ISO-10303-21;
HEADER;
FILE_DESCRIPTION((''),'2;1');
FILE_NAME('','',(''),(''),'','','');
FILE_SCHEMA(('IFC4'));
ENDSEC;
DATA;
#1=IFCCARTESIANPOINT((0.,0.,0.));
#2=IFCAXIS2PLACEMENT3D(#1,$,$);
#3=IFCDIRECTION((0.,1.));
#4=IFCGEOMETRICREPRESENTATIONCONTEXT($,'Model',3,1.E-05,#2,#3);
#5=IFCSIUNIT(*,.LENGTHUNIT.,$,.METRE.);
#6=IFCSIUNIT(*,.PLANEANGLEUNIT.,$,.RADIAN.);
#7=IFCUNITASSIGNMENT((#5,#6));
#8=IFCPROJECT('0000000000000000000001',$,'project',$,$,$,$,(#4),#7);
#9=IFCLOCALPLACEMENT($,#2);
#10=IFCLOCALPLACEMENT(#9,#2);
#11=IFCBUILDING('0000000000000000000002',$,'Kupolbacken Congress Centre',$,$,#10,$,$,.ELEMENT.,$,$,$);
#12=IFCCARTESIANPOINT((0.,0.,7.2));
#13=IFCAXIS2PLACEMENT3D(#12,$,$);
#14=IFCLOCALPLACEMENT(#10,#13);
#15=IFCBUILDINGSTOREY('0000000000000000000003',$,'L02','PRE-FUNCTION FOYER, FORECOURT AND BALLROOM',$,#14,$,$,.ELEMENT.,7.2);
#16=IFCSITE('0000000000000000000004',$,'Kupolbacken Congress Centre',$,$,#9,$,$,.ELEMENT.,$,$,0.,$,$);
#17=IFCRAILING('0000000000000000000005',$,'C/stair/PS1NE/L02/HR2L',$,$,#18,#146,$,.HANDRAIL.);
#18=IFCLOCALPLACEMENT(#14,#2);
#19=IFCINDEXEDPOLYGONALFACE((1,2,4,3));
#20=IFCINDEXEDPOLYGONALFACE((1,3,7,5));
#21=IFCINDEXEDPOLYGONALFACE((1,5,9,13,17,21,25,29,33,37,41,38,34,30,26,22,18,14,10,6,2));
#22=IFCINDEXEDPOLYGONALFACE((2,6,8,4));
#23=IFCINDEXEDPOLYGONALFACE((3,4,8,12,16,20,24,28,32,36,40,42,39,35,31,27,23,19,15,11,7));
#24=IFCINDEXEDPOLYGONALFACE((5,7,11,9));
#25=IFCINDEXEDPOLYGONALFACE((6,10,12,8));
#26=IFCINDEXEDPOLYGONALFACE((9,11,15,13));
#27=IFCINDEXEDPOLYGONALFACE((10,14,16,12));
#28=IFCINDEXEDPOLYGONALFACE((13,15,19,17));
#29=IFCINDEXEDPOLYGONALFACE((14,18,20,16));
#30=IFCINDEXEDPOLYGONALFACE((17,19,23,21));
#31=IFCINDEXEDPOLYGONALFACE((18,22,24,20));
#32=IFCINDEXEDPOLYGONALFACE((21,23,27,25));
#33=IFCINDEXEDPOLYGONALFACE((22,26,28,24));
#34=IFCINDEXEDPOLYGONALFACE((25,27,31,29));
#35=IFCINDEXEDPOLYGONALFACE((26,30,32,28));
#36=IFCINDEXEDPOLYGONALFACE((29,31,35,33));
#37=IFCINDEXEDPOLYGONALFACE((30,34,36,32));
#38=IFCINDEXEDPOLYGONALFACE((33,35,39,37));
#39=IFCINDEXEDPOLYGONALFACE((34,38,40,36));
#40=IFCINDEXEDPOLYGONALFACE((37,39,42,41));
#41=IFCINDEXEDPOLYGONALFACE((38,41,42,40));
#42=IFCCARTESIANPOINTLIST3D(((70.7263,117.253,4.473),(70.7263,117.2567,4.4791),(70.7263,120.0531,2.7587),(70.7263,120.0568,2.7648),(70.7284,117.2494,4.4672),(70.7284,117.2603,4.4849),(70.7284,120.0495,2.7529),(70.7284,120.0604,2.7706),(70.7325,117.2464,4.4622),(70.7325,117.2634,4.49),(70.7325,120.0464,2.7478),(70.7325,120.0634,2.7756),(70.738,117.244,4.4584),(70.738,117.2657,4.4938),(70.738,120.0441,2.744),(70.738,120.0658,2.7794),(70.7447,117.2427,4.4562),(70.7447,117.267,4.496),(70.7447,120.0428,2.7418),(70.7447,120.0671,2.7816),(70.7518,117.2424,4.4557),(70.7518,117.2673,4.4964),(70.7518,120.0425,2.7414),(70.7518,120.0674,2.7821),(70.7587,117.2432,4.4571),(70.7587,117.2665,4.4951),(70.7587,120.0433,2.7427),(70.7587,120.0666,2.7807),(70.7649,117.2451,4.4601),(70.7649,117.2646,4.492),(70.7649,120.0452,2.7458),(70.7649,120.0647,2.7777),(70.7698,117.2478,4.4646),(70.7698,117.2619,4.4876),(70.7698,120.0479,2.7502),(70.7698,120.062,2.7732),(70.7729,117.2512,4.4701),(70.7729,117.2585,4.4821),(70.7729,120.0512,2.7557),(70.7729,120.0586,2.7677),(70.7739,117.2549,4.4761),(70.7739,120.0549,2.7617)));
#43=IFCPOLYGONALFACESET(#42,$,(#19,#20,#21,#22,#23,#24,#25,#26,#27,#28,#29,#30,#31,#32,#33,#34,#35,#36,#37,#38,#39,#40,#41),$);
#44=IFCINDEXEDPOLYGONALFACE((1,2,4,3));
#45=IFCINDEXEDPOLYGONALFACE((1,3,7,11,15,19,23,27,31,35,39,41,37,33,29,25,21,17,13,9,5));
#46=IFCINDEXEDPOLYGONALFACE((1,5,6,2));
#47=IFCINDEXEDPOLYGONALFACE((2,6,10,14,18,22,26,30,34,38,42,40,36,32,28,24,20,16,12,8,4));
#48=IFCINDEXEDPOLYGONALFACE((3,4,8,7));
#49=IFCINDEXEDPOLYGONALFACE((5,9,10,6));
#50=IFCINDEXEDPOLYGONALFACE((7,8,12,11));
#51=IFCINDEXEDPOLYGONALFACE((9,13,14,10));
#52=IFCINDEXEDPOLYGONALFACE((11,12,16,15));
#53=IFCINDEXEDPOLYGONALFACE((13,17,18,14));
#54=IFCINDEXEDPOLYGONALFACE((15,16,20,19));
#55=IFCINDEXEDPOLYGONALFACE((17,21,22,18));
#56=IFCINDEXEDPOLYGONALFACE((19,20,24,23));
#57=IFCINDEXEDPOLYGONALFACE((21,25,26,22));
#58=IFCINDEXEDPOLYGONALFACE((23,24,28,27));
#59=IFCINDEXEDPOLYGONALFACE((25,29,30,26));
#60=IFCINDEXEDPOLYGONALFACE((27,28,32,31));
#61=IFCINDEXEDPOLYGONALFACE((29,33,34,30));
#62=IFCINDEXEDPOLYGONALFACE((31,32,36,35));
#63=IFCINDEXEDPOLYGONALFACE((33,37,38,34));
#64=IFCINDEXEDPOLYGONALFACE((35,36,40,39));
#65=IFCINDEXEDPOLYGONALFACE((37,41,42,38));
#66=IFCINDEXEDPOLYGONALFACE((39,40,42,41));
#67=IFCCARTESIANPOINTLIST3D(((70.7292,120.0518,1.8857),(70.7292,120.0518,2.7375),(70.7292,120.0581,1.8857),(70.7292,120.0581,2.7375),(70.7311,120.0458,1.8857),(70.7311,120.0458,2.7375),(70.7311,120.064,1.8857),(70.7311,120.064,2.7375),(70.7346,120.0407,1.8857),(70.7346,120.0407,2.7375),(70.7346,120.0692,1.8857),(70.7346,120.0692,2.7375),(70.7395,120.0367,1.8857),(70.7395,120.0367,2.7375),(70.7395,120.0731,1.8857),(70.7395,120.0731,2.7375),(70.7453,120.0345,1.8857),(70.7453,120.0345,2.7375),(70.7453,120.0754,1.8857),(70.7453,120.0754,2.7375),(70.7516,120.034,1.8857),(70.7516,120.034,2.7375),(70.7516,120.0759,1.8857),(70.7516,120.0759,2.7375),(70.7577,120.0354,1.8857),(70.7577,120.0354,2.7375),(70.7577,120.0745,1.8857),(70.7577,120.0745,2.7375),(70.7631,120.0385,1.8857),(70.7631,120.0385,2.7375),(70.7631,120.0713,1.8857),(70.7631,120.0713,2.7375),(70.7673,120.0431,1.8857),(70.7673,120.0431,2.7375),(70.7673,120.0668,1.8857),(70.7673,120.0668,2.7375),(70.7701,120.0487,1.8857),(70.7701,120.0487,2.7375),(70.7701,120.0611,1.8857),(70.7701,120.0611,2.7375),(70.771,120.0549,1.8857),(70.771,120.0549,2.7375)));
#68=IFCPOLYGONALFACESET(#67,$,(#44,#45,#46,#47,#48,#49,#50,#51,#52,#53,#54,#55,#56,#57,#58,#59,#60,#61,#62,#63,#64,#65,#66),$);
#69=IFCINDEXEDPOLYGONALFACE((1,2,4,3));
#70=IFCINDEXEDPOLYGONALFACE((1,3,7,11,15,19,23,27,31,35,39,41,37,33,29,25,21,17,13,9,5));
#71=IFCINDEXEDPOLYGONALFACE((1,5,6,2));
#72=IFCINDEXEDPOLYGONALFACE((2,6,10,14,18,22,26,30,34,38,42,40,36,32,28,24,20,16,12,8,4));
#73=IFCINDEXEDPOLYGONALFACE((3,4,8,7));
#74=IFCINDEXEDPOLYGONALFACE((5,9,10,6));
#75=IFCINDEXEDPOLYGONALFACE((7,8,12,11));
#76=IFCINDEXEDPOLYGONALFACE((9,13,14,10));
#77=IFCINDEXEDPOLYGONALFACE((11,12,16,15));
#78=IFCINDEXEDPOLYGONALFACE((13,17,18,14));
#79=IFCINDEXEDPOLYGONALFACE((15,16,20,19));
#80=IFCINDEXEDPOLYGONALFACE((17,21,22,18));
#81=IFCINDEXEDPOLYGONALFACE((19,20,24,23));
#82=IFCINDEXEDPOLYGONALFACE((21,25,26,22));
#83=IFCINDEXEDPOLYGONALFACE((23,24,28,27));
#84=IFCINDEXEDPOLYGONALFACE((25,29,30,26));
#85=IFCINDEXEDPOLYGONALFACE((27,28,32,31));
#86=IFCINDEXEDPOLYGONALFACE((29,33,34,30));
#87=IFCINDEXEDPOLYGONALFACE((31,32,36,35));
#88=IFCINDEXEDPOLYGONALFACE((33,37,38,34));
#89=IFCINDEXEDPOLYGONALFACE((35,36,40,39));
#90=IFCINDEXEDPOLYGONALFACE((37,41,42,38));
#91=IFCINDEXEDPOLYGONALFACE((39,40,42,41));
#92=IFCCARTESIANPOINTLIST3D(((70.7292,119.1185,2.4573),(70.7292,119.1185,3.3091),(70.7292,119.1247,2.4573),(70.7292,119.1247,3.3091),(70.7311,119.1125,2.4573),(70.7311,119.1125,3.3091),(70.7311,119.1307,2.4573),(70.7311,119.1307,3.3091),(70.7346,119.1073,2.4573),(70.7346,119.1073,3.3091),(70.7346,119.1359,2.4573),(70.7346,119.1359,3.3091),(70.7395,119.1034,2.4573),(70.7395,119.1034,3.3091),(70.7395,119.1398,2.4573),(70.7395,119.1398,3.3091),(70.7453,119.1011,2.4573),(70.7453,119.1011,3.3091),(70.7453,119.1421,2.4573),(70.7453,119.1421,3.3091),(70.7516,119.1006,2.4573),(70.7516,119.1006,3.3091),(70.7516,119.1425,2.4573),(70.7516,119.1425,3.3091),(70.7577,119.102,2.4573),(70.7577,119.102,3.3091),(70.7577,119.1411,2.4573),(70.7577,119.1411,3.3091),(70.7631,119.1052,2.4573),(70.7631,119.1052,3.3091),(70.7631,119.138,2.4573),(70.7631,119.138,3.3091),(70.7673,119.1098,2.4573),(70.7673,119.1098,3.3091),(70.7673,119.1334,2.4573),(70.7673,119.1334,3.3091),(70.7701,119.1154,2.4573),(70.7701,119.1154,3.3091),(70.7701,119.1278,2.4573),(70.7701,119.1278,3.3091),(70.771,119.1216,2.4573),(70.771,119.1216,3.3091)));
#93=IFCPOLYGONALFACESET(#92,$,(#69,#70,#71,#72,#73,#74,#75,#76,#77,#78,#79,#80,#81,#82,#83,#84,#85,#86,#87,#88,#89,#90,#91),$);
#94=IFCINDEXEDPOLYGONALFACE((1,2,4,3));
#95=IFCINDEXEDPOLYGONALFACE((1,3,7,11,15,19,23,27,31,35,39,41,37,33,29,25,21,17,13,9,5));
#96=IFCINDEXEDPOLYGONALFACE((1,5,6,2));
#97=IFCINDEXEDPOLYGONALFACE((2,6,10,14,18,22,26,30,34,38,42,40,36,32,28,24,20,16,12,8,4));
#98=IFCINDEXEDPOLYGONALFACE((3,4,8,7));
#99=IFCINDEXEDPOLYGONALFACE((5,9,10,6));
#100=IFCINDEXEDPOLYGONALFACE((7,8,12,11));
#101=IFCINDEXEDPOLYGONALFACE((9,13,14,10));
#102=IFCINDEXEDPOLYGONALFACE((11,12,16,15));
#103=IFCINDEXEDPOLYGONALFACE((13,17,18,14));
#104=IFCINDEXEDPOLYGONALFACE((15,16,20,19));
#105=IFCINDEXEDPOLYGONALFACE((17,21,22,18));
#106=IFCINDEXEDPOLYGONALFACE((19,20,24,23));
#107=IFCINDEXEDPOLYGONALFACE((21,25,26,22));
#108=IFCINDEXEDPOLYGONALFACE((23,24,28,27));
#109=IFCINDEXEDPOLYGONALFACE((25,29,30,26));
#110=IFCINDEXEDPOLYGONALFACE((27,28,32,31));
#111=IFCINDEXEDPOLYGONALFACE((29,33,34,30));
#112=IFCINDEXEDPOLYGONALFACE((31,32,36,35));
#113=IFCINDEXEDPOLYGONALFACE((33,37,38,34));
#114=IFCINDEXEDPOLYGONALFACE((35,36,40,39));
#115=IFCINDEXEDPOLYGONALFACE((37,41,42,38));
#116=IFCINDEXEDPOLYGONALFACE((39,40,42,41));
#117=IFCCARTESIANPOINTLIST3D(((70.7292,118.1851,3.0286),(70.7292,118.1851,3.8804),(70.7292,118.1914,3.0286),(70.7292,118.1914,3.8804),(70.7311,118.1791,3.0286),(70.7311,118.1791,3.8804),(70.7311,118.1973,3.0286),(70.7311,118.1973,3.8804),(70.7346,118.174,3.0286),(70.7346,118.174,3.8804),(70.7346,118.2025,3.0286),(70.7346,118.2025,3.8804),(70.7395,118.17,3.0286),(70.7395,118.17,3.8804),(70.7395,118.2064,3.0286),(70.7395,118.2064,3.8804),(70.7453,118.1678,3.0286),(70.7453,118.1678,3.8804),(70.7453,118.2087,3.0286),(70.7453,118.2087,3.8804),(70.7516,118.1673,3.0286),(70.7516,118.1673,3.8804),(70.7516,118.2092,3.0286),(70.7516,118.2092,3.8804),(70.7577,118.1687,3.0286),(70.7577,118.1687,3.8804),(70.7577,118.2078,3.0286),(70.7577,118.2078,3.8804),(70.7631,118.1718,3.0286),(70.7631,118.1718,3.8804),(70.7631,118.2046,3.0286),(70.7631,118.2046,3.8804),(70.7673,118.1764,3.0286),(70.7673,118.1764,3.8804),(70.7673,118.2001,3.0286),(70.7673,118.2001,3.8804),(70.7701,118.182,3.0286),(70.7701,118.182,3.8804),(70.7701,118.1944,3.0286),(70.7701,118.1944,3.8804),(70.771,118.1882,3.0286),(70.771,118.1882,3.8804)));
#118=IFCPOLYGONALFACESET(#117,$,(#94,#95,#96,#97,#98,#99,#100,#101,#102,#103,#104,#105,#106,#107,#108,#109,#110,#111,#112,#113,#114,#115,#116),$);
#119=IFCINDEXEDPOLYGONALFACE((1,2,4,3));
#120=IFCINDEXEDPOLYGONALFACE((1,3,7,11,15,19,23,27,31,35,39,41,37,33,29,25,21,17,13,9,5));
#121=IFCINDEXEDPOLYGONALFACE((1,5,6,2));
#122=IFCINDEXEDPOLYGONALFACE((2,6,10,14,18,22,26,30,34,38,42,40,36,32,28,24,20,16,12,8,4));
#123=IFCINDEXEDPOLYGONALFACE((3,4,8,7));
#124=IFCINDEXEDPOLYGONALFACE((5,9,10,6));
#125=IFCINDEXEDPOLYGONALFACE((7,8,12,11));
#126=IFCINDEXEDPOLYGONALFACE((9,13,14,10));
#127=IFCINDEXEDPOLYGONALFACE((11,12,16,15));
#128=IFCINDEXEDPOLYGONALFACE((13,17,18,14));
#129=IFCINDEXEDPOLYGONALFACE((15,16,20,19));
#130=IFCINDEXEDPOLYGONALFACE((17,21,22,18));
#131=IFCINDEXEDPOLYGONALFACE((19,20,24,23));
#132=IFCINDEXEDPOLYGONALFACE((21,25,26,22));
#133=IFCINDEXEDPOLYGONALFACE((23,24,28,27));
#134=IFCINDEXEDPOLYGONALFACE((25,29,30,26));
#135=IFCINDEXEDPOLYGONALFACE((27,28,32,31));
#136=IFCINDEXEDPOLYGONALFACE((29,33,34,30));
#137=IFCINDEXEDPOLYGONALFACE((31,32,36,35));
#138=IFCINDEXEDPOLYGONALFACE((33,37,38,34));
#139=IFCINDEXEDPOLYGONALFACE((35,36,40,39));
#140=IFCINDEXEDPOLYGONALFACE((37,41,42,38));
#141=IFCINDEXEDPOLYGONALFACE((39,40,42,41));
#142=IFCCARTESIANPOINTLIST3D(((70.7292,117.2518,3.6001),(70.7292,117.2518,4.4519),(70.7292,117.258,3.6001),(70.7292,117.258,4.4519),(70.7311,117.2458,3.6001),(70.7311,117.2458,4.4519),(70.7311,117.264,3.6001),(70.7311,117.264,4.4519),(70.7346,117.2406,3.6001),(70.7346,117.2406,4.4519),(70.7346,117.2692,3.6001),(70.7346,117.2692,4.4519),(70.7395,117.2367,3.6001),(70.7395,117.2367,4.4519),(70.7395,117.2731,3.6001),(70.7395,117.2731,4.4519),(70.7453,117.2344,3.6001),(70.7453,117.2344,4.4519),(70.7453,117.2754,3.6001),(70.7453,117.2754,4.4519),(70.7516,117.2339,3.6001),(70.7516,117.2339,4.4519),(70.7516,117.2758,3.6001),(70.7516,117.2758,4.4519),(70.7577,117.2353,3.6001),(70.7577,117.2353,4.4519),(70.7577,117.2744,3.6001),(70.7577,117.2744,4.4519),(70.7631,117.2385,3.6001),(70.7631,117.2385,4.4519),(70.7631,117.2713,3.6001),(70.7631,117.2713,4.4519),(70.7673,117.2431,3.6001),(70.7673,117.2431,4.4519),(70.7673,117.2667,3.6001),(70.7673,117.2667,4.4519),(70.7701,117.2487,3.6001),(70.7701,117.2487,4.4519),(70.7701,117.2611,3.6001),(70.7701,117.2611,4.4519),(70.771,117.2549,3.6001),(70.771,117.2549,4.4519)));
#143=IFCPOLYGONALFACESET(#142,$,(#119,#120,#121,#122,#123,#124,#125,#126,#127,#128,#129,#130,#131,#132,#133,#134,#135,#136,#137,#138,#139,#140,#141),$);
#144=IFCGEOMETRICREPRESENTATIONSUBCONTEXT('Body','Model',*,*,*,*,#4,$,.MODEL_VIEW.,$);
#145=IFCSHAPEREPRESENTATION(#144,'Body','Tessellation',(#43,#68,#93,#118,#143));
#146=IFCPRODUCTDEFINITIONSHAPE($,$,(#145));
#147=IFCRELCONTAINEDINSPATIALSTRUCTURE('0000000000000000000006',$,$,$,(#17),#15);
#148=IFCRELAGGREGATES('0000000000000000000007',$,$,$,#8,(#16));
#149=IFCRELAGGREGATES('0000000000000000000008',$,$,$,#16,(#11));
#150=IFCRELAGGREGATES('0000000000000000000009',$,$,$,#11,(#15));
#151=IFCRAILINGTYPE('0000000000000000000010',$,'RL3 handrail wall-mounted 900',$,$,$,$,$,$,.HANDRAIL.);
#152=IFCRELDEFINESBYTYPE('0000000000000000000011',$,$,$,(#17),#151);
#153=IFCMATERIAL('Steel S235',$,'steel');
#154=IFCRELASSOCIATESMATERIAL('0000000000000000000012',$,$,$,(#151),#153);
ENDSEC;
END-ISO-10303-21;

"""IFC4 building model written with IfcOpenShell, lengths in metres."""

from ifc_helpers import new_model, si_unit, direction, frame, origin, origin_2d, place, context, subcontext, project, spatial, circle, extrude, material, type_object, element, save


model = new_model("IFC4")

# Units and contexts
model_context = context("Model", 3, precision=1e-05, world=origin(), true_north=direction((0.0, 1.0)))
body_context = subcontext(model_context, "Body", "Model", "MODEL_VIEW")
ifc_project = project(units=[si_unit("LENGTHUNIT", "METRE"), si_unit("PLANEANGLEUNIT", "RADIAN")], contexts=[model_context])

# Site, building, storey
site_placement = place(None, origin())
site = spatial("IfcSite", under=ifc_project, at=site_placement, Name="Kupolbacken Congress Centre", CompositionType="ELEMENT", RefElevation=0.0)
building_placement = place(site_placement, origin())
building = spatial("IfcBuilding", under=site, at=building_placement, Name="Kupolbacken Congress Centre", CompositionType="ELEMENT")
storey_placement = place(building_placement, frame((0.0, 0.0, 7.2)))
storey = spatial("IfcBuildingStorey", under=building, at=storey_placement, Name="L02", Description="PRE-FUNCTION FOYER, FORECOURT AND BALLROOM", CompositionType="ELEMENT", Elevation=7.2)

# Railing
ifc_material_1 = material(Name="Steel S235", Category="steel")
railing_type = type_object("IfcRailingType", Name="RL3 handrail wall-mounted 900", PredefinedType="HANDRAIL", material=ifc_material_1)
for number, where, name in (
    (1, (70.75, 120.0549, 1.8857), "C/stair/PS1NE/L02/HR2L"),
):
    element("IfcRailing", number, at=place(storey_placement, frame(where)), inside=storey, type_object=railing_type, Name=name, PredefinedType="HANDRAIL", context=body_context, shape_type="SweptSolid", body=[
        extrude(circle(Radius=0.0239, at=origin_2d()), frame((0.0, 0.0, 0.876), z_axis=(0.0, -0.852846, 0.522163), x_axis=(1.0, 0.0, 0.0)), (0.0, 0.0, 1.0), 3.2832),
        extrude(circle(Radius=0.021, at=origin_2d()), origin(), (0.0, 0.0, 1.0), 0.8518),
        extrude(circle(Radius=0.021, at=origin_2d()), frame((0.0, -0.9333, 0.5715)), (0.0, 0.0, 1.0), 0.8518),
        extrude(circle(Radius=0.021, at=origin_2d()), frame((0.0, -1.8667, 1.1428)), (0.0, 0.0, 1.0), 0.8518),
        extrude(circle(Radius=0.021, at=origin_2d()), frame((0.0, -2.8, 1.7144)), (0.0, 0.0, 1.0), 0.8518),
    ])

save(model, "model.ifc")
